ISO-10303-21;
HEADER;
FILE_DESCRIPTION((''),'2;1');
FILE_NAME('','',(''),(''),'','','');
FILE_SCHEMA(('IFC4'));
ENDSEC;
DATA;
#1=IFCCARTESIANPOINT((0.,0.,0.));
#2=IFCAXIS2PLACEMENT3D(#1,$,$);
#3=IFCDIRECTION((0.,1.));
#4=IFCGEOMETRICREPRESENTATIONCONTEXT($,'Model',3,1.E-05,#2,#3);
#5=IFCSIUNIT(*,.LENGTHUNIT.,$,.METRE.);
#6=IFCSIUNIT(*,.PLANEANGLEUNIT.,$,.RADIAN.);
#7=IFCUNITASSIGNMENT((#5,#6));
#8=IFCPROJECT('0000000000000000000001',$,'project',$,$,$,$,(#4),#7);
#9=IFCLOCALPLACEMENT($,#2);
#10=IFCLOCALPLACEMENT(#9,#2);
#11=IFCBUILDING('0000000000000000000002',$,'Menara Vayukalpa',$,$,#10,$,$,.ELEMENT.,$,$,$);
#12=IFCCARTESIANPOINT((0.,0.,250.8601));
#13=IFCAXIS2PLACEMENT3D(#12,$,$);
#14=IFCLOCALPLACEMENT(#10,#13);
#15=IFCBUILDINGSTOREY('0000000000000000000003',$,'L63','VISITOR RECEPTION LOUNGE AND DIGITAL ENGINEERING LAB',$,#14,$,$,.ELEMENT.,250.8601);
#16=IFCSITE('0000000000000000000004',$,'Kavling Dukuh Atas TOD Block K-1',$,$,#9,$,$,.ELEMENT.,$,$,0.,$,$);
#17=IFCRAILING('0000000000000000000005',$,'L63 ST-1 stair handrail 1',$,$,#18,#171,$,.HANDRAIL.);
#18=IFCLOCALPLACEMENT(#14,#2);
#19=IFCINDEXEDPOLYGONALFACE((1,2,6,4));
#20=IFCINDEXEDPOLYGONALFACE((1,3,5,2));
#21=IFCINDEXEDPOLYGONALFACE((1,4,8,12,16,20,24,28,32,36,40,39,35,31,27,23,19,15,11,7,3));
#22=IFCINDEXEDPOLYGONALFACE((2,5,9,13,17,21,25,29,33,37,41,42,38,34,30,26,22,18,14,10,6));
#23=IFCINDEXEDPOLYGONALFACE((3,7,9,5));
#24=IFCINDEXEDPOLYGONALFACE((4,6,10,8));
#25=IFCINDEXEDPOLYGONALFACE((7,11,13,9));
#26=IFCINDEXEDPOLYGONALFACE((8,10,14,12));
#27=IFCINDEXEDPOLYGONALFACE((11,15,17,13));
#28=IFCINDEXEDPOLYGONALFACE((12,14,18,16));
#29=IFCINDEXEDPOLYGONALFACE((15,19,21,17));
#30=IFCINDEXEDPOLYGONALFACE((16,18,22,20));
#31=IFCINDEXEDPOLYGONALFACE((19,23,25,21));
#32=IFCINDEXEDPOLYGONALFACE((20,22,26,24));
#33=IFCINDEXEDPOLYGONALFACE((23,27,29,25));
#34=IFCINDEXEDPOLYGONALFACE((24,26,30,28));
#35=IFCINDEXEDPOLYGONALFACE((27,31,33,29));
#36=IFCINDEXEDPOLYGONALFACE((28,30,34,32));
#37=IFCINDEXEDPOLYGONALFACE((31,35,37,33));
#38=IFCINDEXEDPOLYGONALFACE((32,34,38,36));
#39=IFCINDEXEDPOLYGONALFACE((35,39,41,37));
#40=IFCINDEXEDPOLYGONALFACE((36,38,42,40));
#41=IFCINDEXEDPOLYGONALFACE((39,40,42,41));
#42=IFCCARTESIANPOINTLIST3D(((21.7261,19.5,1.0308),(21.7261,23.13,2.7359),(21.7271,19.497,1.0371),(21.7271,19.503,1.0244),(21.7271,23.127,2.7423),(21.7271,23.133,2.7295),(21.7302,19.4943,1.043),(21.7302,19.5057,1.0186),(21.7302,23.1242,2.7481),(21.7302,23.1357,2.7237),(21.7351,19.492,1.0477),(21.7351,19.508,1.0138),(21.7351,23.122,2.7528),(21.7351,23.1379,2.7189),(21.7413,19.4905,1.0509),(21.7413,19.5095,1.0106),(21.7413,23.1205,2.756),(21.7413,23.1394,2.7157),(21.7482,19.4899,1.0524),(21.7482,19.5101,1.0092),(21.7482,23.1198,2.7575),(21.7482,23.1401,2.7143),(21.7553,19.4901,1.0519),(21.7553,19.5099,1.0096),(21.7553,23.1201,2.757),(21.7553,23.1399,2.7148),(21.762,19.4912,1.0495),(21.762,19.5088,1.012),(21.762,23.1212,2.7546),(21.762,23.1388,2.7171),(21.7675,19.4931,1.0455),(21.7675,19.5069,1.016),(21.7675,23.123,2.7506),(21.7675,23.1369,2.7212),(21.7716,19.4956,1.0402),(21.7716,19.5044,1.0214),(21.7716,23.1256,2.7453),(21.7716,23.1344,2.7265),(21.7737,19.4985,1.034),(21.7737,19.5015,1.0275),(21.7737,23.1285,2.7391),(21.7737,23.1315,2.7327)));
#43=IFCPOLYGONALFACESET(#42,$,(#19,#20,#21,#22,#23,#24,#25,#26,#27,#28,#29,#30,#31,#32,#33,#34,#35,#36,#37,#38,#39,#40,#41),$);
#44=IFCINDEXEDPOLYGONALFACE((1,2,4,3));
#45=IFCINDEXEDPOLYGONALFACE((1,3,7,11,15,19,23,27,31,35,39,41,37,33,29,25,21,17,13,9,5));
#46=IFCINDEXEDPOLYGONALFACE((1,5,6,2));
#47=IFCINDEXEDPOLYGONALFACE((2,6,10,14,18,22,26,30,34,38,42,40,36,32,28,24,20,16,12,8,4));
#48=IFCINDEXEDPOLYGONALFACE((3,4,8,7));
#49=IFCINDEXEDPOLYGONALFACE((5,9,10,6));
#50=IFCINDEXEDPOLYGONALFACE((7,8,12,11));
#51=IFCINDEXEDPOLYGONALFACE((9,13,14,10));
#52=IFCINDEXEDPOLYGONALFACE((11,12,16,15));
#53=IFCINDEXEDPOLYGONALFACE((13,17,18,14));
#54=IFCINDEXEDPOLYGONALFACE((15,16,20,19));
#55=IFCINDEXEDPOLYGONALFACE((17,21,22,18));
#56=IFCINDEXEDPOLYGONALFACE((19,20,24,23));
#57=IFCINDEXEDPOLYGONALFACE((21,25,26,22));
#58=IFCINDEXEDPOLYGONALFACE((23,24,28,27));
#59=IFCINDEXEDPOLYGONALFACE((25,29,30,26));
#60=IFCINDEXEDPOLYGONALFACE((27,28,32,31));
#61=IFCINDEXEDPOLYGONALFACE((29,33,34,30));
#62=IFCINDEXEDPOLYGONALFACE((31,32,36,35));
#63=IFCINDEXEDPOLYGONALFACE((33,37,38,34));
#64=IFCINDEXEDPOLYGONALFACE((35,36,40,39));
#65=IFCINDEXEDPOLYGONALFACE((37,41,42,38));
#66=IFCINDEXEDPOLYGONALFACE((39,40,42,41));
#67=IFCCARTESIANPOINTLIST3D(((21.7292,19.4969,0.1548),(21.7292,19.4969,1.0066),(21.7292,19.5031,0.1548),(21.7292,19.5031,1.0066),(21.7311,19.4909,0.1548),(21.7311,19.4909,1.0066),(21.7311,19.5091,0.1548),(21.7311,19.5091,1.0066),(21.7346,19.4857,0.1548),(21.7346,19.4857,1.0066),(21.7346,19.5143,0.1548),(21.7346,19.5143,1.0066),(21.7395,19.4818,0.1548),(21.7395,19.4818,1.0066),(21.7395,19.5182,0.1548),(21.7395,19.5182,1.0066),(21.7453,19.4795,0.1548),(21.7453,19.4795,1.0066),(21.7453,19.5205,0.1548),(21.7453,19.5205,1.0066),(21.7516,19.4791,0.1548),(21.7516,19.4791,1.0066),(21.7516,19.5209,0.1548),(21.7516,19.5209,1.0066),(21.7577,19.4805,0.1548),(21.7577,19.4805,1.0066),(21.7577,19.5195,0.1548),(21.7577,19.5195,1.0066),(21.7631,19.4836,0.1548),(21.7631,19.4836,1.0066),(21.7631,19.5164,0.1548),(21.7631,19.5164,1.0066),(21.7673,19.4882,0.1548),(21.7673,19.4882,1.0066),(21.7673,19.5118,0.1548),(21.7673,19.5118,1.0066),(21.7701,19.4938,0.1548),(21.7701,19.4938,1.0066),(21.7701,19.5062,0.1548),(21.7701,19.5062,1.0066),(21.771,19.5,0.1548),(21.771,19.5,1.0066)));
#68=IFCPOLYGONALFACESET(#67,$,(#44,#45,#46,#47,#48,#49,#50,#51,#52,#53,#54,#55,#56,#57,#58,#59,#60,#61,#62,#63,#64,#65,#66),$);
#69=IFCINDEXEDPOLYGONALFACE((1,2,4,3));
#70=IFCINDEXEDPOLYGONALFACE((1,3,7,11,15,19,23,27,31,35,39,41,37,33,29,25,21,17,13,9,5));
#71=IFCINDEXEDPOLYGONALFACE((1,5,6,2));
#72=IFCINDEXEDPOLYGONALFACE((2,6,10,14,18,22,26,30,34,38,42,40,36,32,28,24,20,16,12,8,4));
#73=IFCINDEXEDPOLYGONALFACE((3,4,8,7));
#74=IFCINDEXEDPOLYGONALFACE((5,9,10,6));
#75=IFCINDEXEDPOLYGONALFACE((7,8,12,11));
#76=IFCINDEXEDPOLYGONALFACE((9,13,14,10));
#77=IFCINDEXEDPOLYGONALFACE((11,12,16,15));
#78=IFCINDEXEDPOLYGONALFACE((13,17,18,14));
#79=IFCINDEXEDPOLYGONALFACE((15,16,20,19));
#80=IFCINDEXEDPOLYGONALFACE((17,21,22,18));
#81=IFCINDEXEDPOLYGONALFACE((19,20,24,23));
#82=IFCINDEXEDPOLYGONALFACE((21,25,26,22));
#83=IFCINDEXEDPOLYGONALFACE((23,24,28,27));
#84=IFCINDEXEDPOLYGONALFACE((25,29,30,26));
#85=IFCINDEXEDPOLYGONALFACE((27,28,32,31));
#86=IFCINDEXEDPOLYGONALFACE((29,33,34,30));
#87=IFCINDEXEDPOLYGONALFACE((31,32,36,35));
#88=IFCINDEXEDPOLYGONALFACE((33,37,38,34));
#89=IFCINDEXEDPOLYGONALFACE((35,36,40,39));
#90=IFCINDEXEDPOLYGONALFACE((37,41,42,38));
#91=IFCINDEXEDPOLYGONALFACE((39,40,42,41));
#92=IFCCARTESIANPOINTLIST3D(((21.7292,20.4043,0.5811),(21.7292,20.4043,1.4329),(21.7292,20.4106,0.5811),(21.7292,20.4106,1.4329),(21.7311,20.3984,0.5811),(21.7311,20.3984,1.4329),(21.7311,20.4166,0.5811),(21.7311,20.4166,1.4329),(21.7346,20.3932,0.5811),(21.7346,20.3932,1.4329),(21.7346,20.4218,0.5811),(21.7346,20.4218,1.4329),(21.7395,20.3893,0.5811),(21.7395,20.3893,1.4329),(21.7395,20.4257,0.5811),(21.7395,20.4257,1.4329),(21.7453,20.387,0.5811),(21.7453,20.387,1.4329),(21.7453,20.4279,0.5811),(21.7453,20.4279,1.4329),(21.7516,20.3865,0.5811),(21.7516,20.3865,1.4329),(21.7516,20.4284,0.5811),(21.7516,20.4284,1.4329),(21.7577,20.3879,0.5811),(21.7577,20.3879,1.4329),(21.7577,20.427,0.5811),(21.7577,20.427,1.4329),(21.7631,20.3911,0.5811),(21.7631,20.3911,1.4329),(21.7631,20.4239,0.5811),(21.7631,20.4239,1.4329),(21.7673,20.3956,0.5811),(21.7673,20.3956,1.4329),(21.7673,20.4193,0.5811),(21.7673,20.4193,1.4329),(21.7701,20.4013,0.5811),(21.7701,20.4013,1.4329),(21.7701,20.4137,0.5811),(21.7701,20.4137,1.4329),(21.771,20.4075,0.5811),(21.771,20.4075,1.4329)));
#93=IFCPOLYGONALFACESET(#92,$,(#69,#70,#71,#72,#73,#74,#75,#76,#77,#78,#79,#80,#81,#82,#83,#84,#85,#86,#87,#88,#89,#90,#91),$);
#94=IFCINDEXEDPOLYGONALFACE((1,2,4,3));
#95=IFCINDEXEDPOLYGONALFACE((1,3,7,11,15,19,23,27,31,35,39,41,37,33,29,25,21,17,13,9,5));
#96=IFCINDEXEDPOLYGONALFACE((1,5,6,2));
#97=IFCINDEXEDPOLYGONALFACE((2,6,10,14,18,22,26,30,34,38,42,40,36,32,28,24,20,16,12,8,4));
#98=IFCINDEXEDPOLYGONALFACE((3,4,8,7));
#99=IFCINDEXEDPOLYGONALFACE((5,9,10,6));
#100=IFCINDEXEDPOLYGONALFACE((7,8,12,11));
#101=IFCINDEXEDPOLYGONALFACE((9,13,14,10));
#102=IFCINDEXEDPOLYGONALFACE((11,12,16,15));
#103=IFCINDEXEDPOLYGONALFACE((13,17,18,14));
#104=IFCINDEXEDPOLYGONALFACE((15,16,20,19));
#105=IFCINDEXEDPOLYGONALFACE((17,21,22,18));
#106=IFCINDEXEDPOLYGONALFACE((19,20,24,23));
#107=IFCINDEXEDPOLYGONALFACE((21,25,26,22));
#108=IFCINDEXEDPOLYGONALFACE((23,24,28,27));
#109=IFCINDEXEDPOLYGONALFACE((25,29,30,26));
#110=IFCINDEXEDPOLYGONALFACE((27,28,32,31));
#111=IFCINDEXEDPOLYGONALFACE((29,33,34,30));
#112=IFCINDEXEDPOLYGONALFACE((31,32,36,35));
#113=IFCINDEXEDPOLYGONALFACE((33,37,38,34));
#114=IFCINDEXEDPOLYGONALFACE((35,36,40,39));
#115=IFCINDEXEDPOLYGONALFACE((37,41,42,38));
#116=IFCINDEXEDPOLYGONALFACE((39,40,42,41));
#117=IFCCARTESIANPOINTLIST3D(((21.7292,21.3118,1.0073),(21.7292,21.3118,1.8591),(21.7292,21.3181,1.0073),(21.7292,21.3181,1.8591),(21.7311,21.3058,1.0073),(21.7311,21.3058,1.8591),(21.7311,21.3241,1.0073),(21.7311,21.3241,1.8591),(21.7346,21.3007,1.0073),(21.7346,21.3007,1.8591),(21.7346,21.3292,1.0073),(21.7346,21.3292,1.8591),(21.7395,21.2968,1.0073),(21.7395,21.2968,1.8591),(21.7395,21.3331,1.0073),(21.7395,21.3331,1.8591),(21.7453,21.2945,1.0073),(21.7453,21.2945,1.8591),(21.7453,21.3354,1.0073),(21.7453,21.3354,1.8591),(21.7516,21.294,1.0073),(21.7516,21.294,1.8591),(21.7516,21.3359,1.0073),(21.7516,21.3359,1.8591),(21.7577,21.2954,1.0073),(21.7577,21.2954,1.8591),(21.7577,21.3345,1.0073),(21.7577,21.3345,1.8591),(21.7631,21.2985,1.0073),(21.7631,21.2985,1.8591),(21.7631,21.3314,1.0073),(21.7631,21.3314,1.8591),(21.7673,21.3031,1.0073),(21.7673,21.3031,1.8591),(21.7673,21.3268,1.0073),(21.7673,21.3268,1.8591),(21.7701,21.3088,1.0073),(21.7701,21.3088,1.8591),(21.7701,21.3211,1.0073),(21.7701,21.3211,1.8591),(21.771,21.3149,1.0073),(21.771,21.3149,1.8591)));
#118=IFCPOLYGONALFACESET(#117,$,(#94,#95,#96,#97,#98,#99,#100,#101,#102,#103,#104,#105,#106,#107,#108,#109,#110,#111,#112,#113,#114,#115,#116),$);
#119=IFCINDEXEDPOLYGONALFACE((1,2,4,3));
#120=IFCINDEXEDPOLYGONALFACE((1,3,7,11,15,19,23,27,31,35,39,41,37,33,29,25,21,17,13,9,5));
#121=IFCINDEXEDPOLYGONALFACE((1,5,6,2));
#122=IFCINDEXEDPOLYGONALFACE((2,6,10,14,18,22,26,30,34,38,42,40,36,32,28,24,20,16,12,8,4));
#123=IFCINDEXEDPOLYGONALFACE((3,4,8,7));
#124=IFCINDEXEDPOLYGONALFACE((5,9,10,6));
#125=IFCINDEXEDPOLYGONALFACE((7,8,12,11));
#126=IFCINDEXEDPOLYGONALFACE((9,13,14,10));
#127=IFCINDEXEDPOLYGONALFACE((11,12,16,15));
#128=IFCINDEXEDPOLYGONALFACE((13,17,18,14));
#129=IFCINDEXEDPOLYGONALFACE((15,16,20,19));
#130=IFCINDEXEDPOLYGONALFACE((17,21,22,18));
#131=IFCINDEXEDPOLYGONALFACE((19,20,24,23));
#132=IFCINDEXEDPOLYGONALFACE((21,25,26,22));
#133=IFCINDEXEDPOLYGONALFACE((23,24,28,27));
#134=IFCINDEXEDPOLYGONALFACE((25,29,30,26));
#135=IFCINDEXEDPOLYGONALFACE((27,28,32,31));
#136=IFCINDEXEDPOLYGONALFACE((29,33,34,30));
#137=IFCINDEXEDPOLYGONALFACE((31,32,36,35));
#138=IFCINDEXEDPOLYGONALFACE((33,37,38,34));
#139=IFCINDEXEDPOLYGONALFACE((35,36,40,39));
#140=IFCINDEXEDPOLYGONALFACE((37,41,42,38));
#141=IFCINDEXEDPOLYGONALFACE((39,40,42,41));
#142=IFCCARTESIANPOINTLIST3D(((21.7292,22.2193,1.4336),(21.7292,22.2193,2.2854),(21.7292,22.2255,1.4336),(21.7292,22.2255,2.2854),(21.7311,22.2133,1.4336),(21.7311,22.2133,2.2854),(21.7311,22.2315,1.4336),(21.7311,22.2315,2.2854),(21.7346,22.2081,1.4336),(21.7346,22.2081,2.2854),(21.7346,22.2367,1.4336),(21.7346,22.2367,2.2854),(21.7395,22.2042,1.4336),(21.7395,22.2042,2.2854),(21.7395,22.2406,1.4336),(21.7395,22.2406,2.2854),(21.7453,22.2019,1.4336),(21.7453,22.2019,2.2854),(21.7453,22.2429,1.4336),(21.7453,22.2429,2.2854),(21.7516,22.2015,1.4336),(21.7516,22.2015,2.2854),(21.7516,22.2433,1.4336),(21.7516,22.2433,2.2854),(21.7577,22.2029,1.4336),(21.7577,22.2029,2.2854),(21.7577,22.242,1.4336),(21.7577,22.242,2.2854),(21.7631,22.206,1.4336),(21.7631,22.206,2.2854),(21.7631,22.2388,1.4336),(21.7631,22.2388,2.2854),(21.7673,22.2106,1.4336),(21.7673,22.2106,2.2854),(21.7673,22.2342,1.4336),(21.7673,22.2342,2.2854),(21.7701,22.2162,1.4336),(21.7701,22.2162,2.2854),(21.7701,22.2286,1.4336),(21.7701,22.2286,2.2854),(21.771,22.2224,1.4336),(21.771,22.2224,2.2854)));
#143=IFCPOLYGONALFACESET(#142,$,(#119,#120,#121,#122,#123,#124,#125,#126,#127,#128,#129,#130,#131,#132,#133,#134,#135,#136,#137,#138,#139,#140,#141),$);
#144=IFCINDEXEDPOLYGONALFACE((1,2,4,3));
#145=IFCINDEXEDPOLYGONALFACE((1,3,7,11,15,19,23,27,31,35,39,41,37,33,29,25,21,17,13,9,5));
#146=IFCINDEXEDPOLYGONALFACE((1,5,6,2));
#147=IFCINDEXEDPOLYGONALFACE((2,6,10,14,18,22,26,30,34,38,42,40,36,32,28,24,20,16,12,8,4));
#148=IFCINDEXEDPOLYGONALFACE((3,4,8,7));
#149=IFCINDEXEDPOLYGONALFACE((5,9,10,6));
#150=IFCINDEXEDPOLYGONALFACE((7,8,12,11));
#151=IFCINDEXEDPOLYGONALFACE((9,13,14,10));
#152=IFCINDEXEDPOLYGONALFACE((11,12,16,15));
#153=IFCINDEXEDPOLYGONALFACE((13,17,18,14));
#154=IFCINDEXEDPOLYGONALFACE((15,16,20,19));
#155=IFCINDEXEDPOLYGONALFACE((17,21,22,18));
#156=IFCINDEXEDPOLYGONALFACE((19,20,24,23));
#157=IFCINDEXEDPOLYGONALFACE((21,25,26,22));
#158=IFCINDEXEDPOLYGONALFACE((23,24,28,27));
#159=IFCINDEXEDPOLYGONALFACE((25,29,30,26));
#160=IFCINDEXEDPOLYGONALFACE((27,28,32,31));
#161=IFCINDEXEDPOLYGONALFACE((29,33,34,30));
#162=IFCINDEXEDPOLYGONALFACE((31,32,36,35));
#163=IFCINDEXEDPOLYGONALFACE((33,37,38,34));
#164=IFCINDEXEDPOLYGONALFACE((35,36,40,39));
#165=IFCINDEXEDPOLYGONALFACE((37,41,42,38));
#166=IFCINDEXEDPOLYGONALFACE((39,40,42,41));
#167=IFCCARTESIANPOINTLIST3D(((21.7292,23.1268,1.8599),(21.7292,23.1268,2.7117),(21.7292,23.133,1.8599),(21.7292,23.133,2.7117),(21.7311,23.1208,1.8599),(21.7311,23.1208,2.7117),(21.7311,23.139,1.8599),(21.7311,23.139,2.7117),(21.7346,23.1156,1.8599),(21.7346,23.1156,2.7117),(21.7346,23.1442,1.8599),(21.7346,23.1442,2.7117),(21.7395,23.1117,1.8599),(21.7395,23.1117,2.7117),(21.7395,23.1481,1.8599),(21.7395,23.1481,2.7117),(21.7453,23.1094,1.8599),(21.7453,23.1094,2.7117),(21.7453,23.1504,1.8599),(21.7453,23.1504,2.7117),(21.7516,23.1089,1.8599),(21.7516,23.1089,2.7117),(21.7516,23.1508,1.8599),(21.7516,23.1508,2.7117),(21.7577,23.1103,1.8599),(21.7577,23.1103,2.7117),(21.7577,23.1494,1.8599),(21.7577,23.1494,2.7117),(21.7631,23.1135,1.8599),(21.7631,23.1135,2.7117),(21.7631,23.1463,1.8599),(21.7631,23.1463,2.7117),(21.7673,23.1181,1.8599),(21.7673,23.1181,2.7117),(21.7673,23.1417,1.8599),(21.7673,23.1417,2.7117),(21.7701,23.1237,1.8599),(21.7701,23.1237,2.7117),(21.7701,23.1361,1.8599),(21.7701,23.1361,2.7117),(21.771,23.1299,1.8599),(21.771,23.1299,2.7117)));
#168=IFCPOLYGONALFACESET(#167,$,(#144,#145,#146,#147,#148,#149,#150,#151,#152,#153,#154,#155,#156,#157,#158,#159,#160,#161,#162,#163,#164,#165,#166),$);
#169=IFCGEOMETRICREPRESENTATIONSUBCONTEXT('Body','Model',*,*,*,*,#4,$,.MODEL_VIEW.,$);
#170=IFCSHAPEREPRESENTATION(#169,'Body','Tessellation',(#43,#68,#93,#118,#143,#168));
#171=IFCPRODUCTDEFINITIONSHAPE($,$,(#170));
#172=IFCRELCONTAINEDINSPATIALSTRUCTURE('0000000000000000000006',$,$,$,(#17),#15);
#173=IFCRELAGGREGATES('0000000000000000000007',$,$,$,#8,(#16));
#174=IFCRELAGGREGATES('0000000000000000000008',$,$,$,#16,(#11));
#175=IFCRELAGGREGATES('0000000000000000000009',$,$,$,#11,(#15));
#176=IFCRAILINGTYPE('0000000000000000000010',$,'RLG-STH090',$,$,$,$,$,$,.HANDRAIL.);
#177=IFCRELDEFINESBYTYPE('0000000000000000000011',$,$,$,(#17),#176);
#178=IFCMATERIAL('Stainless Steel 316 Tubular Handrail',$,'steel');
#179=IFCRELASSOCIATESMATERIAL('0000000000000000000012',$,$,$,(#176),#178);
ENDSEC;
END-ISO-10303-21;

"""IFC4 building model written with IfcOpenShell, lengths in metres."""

from ifc_helpers import new_model, si_unit, direction, frame, origin, origin_2d, place, context, subcontext, project, spatial, circle, extrude, material, type_object, element, save


model = new_model("IFC4")

# Units and contexts
model_context = context("Model", 3, precision=1e-05, world=origin(), true_north=direction((0.0, 1.0)))
body_context = subcontext(model_context, "Body", "Model", "MODEL_VIEW")
ifc_project = project(units=[si_unit("LENGTHUNIT", "METRE"), si_unit("PLANEANGLEUNIT", "RADIAN")], contexts=[model_context])

# Site, building, storey
site_placement = place(None, origin())
site = spatial("IfcSite", under=ifc_project, at=site_placement, Name="Kavling Dukuh Atas TOD Block K-1", CompositionType="ELEMENT", RefElevation=0.0)
building_placement = place(site_placement, origin())
building = spatial("IfcBuilding", under=site, at=building_placement, Name="Menara Vayukalpa", CompositionType="ELEMENT")
storey_placement = place(building_placement, frame((0.0, 0.0, 250.8601)))
storey = spatial("IfcBuildingStorey", under=building, at=storey_placement, Name="L63", Description="VISITOR RECEPTION LOUNGE AND DIGITAL ENGINEERING LAB", CompositionType="ELEMENT", Elevation=250.8601)

# Railing
ifc_material_1 = material(Name="Stainless Steel 316 Tubular Handrail", Category="steel")
railing_type_1 = type_object("IfcRailingType", Name="RLG-STH090", PredefinedType="HANDRAIL", material=ifc_material_1)
railing_1_placement = place(storey_placement, frame((21.75, 19.5, 0.1548)))
element("IfcRailing", 1, at=railing_1_placement, inside=storey, type_object=railing_type_1, Name="L63 ST-1 stair handrail 1", PredefinedType="HANDRAIL", context=body_context, shape_type="SweptSolid", body=[
    extrude(circle(Radius=0.0239, at=origin_2d()), frame((0.0, 0.0, 0.876), z_axis=(0.0, 0.905116, 0.425164), x_axis=(-1.0, 0.0, 0.0)), (0.0, 0.0, 1.0), 4.0105),
    extrude(circle(Radius=0.021, at=origin_2d()), origin(), (0.0, 0.0, 1.0), 0.8518),
    extrude(circle(Radius=0.021, at=origin_2d()), frame((0.0, 0.9075, 0.4263)), (0.0, 0.0, 1.0), 0.8518),
    extrude(circle(Radius=0.021, at=origin_2d()), frame((0.0, 1.8149, 0.8525)), (0.0, 0.0, 1.0), 0.8518),
    extrude(circle(Radius=0.021, at=origin_2d()), frame((0.0, 2.7224, 1.2788)), (0.0, 0.0, 1.0), 0.8518),
    extrude(circle(Radius=0.021, at=origin_2d()), frame((0.0, 3.6299, 1.7051)), (0.0, 0.0, 1.0), 0.8518),
])

save(model, "model.ifc")
